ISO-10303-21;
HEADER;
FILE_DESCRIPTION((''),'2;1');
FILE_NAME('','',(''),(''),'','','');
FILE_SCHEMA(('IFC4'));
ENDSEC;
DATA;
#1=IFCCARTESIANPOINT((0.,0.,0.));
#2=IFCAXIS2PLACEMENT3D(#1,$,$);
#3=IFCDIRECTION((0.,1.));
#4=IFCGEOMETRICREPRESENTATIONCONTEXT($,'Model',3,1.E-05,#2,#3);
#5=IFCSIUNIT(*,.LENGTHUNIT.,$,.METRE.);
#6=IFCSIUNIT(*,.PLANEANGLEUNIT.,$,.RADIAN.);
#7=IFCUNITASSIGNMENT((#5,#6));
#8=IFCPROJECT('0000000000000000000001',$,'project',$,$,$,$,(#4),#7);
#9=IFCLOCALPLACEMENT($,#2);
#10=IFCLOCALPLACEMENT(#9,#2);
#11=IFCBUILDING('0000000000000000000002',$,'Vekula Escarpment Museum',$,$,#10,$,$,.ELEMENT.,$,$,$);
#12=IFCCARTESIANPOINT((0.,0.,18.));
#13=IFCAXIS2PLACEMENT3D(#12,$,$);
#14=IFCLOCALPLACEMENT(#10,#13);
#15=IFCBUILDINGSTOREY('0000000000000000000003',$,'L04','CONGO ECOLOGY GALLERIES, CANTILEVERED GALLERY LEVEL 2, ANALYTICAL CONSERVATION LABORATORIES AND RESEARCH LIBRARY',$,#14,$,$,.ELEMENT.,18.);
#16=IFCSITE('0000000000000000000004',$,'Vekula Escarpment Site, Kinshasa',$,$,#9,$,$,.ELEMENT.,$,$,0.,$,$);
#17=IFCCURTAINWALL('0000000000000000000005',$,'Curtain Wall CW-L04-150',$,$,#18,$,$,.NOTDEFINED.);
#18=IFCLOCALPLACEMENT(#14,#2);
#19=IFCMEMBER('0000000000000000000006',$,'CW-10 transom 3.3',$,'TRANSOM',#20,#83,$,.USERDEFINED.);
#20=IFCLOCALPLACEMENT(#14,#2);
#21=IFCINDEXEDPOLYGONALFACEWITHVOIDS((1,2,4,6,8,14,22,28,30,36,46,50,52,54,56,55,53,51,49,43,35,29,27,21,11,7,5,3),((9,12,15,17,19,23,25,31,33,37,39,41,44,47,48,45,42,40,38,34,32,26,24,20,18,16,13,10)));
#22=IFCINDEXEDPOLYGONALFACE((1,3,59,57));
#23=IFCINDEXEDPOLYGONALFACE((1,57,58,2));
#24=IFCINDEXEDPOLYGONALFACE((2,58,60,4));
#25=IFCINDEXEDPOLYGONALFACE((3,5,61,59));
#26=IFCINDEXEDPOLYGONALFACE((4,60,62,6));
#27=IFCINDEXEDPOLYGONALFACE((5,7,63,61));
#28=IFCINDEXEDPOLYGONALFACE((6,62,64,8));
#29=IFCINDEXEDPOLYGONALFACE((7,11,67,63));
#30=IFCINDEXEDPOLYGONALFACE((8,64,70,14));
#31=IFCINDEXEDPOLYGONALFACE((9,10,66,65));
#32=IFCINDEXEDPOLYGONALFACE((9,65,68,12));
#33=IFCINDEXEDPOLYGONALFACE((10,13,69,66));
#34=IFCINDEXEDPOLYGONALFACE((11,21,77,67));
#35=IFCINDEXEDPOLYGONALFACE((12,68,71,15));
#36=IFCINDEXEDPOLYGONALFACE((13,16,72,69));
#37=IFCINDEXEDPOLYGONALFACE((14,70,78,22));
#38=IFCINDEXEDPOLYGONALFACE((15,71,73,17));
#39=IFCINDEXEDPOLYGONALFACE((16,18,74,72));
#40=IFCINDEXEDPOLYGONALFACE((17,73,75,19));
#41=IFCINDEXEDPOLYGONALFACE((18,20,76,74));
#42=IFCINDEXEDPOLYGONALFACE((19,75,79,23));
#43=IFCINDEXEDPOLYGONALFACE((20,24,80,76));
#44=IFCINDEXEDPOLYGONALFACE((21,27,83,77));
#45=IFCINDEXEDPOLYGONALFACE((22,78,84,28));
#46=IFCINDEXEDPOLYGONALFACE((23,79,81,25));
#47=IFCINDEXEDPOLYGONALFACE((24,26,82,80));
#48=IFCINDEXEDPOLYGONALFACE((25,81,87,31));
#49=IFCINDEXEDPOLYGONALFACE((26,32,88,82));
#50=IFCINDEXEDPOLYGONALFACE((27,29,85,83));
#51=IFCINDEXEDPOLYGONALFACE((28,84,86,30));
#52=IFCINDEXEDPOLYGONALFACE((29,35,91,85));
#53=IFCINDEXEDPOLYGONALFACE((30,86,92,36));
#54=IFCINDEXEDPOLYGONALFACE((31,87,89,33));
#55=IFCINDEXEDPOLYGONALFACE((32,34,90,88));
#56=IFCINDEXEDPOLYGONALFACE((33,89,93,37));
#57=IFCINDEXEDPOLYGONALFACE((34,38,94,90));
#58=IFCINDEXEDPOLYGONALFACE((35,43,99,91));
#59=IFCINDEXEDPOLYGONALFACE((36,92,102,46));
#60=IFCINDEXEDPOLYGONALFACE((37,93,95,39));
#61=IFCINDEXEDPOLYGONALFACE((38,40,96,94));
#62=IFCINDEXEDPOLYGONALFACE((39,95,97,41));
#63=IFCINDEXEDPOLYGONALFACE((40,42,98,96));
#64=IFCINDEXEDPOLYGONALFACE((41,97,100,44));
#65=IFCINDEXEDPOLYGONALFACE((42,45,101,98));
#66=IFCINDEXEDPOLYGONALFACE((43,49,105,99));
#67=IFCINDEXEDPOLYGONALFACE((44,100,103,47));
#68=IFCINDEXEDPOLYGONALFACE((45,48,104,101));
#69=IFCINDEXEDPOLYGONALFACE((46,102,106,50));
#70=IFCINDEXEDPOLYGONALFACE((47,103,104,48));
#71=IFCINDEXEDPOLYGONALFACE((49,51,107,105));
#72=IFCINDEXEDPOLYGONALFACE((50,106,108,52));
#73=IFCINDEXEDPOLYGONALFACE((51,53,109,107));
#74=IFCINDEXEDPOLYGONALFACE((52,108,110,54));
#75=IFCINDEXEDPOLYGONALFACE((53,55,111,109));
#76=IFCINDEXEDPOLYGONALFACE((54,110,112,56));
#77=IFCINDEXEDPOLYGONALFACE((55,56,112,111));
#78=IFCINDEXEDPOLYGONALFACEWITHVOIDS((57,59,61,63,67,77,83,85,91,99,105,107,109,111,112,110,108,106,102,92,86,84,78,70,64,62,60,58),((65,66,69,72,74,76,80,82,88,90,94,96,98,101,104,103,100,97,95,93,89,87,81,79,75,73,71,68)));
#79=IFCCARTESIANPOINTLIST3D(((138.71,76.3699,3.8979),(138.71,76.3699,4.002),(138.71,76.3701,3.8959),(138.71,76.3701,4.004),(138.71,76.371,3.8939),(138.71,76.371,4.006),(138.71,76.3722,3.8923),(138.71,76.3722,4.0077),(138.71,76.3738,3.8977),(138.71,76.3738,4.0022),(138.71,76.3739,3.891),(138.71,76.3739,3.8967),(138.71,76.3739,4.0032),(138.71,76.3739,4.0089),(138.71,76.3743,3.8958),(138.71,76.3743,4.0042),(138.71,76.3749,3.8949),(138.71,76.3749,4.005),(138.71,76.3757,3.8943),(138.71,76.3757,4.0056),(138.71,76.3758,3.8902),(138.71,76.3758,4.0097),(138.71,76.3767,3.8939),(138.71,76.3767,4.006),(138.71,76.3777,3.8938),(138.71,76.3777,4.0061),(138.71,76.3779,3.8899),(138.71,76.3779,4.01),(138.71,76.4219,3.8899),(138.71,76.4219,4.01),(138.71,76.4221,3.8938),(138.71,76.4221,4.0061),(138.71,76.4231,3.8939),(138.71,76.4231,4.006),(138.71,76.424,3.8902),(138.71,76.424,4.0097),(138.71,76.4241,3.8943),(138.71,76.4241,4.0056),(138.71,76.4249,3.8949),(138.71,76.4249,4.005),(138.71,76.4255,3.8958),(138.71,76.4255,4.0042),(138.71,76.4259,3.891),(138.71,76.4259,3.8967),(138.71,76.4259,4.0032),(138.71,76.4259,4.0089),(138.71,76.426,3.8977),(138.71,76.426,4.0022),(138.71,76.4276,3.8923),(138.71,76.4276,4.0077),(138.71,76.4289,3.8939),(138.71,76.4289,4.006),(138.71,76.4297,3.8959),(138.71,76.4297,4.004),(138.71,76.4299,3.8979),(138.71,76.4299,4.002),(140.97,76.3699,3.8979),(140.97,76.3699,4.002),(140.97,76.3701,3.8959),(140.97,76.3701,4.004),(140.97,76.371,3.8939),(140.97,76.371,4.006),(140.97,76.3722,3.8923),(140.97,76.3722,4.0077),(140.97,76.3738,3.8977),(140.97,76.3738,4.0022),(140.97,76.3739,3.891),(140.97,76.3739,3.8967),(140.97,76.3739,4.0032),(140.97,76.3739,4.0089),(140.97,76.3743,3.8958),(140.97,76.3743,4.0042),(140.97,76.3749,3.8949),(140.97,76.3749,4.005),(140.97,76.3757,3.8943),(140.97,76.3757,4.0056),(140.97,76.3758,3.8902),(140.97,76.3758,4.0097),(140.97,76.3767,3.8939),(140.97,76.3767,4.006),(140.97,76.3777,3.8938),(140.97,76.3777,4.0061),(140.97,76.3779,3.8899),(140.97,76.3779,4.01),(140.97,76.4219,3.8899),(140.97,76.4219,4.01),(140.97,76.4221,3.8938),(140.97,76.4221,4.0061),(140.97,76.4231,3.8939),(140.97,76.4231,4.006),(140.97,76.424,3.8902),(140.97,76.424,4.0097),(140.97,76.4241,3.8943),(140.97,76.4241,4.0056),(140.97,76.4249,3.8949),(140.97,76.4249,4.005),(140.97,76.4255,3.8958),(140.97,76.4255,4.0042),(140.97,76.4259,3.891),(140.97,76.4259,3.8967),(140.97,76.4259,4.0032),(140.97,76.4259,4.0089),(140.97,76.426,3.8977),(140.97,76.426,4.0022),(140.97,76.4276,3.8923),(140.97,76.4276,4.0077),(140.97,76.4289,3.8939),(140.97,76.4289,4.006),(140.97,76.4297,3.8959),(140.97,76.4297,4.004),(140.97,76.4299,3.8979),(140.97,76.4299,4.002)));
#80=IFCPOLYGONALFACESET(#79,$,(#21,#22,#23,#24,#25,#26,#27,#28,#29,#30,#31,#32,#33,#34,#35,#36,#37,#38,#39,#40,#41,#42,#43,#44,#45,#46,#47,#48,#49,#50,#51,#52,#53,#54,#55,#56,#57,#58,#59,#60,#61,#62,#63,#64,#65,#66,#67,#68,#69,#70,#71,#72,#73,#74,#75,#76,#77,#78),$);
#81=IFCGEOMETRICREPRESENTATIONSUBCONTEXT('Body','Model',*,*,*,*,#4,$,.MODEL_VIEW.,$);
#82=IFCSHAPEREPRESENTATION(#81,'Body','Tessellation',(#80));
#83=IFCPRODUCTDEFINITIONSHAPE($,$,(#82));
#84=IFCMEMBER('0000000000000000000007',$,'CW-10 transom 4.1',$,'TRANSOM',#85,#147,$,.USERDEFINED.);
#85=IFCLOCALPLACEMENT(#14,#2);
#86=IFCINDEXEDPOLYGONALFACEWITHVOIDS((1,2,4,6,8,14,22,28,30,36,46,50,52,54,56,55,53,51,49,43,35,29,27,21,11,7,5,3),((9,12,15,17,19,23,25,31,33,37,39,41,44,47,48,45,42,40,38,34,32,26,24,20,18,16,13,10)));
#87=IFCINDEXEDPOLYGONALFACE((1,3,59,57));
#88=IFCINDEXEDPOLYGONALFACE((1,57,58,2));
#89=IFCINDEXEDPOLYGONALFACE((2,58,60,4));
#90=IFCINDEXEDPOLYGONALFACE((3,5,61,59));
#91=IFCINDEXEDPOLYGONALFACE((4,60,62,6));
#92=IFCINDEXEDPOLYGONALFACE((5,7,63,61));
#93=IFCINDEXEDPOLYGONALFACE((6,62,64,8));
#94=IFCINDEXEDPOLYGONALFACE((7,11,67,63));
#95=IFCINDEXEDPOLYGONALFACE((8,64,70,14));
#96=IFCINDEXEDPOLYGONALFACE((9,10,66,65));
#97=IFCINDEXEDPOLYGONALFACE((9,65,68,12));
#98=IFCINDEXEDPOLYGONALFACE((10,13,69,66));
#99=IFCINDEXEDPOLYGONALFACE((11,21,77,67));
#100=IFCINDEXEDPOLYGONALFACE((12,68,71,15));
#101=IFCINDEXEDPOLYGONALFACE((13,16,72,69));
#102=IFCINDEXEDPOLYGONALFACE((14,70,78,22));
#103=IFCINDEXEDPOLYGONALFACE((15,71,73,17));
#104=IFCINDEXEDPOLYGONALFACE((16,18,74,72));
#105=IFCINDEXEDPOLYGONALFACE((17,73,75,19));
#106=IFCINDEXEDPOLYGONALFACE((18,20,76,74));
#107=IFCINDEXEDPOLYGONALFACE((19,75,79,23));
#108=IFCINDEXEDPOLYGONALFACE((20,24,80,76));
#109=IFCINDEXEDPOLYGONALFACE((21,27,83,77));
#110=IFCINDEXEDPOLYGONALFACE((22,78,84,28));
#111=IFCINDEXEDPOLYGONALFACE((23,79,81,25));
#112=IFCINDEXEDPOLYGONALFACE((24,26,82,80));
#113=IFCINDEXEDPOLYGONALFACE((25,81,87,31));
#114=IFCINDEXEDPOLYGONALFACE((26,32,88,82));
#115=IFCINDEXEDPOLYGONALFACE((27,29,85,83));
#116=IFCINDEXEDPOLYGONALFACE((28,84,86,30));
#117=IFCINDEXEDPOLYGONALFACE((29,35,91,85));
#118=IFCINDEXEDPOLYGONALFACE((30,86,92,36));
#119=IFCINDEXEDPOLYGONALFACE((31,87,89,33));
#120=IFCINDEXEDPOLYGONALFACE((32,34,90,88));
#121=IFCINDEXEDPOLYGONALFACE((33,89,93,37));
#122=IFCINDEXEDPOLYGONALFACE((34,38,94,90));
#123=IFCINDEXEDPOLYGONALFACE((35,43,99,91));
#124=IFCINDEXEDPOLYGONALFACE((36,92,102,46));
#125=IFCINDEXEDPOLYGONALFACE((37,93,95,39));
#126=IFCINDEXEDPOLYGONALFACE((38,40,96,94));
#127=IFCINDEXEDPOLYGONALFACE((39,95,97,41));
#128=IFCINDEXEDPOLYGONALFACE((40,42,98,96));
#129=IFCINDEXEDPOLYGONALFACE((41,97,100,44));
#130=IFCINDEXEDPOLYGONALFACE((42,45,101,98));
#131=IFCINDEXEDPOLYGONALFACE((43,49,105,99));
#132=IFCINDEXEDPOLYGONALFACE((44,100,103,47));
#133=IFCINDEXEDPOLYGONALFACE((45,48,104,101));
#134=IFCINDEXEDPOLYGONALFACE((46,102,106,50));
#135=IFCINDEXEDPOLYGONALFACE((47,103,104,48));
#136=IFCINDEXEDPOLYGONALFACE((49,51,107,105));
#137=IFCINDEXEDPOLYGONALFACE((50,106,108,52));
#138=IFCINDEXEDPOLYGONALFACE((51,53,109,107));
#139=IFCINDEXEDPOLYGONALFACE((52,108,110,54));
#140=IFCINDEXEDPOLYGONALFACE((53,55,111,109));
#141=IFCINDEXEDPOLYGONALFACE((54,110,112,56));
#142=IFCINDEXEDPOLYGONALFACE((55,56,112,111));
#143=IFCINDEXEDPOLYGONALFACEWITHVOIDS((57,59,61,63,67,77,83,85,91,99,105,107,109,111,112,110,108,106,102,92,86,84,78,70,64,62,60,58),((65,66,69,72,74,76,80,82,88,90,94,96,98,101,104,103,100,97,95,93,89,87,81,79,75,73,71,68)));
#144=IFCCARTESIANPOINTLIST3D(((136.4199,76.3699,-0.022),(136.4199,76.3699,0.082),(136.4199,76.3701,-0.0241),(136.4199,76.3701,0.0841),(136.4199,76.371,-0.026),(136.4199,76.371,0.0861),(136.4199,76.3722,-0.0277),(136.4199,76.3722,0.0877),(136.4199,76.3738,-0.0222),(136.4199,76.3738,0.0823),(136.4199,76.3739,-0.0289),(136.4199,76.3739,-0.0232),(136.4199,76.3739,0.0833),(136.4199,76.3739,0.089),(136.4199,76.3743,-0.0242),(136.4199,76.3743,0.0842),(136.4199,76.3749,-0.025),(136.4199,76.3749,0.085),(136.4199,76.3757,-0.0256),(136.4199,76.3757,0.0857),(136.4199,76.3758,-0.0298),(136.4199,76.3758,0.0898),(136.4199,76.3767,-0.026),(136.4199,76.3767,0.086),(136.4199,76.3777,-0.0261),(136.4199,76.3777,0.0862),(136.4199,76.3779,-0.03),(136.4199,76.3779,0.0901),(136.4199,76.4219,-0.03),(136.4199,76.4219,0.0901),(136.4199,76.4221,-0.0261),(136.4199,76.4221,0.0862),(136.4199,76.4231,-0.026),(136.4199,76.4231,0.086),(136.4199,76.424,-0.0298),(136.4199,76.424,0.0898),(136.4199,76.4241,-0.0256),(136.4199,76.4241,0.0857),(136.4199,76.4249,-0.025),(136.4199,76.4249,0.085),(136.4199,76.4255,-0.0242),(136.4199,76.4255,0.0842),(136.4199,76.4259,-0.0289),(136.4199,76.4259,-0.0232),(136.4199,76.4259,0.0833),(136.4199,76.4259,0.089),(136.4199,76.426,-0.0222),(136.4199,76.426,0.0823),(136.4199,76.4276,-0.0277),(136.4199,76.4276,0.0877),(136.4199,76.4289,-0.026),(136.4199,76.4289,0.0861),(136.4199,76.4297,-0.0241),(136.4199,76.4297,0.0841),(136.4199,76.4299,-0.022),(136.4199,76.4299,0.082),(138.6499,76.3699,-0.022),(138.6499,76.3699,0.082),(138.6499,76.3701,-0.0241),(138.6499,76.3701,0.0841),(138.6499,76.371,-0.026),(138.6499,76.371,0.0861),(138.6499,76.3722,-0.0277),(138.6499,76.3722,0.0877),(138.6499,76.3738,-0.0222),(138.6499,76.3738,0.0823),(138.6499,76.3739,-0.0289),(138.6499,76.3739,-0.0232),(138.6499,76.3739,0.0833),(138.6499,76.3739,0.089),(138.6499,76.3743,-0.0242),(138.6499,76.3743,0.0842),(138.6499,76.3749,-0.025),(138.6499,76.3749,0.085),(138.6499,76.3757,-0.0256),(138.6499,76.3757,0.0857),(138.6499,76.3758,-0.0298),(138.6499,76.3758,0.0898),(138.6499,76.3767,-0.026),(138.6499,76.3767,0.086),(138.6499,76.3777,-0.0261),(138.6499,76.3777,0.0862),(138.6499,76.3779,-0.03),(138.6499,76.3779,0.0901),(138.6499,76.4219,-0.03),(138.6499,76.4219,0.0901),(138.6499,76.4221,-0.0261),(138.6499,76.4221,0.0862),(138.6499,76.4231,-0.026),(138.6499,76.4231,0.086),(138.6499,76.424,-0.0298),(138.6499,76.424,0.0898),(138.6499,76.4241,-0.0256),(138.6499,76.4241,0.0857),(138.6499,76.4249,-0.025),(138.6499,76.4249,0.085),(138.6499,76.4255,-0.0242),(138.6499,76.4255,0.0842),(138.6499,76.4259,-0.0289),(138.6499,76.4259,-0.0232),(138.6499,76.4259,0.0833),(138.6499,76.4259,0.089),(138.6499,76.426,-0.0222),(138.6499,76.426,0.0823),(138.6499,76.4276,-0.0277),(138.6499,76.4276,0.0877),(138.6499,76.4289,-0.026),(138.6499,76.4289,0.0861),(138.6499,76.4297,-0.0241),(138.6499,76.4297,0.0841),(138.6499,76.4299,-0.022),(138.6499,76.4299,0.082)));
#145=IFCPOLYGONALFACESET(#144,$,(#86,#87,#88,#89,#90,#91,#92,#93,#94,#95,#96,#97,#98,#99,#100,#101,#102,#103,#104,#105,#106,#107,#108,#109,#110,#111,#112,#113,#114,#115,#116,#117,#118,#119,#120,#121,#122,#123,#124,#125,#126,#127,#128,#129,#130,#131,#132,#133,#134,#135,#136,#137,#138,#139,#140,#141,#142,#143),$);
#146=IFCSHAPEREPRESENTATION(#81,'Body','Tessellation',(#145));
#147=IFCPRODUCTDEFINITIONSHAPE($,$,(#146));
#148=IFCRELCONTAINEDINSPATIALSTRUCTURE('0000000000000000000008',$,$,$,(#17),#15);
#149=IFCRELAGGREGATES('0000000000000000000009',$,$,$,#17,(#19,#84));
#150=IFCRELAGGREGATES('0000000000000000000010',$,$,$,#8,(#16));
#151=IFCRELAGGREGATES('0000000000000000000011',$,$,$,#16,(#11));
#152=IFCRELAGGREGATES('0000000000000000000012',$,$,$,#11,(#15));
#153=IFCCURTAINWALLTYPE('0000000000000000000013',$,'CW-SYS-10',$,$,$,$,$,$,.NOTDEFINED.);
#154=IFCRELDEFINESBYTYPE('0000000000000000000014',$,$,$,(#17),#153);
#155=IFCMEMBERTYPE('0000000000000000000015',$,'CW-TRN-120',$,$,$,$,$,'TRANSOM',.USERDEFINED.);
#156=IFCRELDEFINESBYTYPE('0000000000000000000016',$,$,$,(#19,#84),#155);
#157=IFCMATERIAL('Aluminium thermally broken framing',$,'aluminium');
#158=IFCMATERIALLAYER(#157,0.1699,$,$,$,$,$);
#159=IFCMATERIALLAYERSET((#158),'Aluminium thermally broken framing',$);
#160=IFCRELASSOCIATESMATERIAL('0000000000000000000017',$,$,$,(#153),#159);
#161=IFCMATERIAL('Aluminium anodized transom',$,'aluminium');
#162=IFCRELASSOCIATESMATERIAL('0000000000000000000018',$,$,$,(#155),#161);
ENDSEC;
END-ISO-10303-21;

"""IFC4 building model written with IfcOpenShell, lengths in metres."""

from ifc_helpers import new_model, si_unit, direction, frame, origin, origin_2d, place, context, subcontext, project, spatial, hollow_rectangle, extrude, material, layer, layer_set, material_profile, profile_set, type_object, element, aggregate, save


model = new_model("IFC4")

# Units and contexts
model_context = context("Model", 3, precision=1e-05, world=origin(), true_north=direction((0.0, 1.0)))
body_context = subcontext(model_context, "Body", "Model", "MODEL_VIEW")
ifc_project = project(units=[si_unit("LENGTHUNIT", "METRE"), si_unit("PLANEANGLEUNIT", "RADIAN")], contexts=[model_context])

# Site, building, storey
site_placement = place(None, origin())
site = spatial("IfcSite", under=ifc_project, at=site_placement, Name="Vekula Escarpment Site, Kinshasa", CompositionType="ELEMENT", RefElevation=0.0)
building_placement = place(site_placement, origin())
building = spatial("IfcBuilding", under=site, at=building_placement, Name="Vekula Escarpment Museum", CompositionType="ELEMENT")
storey_placement = place(building_placement, frame((0.0, 0.0, 18.0)))
storey = spatial("IfcBuildingStorey", under=building, at=storey_placement, Name="L04", Description="CONGO ECOLOGY GALLERIES, CANTILEVERED GALLERY LEVEL 2, ANALYTICAL CONSERVATION LABORATORIES AND RESEARCH LIBRARY", CompositionType="ELEMENT", Elevation=18.0)

# Curtain wall, members
ifc_material_1 = material(Name="Aluminium thermally broken framing", Category="aluminium")
ifc_layer_1 = layer(ifc_material_1, 0.1699)
ifc_layer_set_1 = layer_set([ifc_layer_1], Name="Aluminium thermally broken framing")
curtain_wall_type = type_object("IfcCurtainWallType", Name="CW-SYS-10", PredefinedType="NOTDEFINED", material=ifc_layer_set_1)
curtain_wall_placement = place(storey_placement, origin())
curtain_wall = element("IfcCurtainWall", 1, at=curtain_wall_placement, inside=storey, type_object=curtain_wall_type, Name="Curtain Wall CW-L04-150", PredefinedType="NOTDEFINED")
ifc_material_2 = material(Name="Aluminium anodized transom", Category="aluminium")
ifc_material_profile_1 = material_profile(ifc_material_2, hollow_rectangle(XDim=0.0601, YDim=0.1201, WallThickness=0.0039, InnerFilletRadius=0.0039, OuterFilletRadius=0.0081, at=origin_2d()), Name="ALU 120x60x4")
ifc_profile_set_1 = profile_set([ifc_material_profile_1], Name="Aluminium anodized transom")
member_type_1 = type_object("IfcMemberType", Name="CW-TRN-120", ElementType="TRANSOM", PredefinedType="USERDEFINED", material=ifc_profile_set_1)
member_1_placement = place(storey_placement, frame((140.97, 76.3999, 3.95), z_axis=(-1.0, 0.0, 0.0), x_axis=(0.0, -1.0, 0.0)))
member_1 = element("IfcMember", 2, at=member_1_placement, type_object=member_type_1, Name="CW-10 transom 3.3", ObjectType="TRANSOM", PredefinedType="USERDEFINED", context=body_context, shape_type="SweptSolid", body=[
    extrude(hollow_rectangle(XDim=0.0601, YDim=0.1201, WallThickness=0.0039, InnerFilletRadius=0.0039, OuterFilletRadius=0.0081, at=origin_2d()), origin(), (0.0, 0.0, 1.0), 2.26),
])
member_2_placement = place(storey_placement, frame((138.6499, 76.3999, 0.03), z_axis=(-1.0, 0.0, 0.0), x_axis=(0.0, -1.0, 0.0)))
member_2 = element("IfcMember", 3, at=member_2_placement, type_object=member_type_1, Name="CW-10 transom 4.1", ObjectType="TRANSOM", PredefinedType="USERDEFINED", context=body_context, shape_type="SweptSolid", body=[
    extrude(hollow_rectangle(XDim=0.0601, YDim=0.1201, WallThickness=0.0039, InnerFilletRadius=0.0039, OuterFilletRadius=0.0081, at=origin_2d()), origin(), (0.0, 0.0, 1.0), 2.23),
])
aggregate(curtain_wall, [member_1, member_2])

save(model, "model.ifc")
